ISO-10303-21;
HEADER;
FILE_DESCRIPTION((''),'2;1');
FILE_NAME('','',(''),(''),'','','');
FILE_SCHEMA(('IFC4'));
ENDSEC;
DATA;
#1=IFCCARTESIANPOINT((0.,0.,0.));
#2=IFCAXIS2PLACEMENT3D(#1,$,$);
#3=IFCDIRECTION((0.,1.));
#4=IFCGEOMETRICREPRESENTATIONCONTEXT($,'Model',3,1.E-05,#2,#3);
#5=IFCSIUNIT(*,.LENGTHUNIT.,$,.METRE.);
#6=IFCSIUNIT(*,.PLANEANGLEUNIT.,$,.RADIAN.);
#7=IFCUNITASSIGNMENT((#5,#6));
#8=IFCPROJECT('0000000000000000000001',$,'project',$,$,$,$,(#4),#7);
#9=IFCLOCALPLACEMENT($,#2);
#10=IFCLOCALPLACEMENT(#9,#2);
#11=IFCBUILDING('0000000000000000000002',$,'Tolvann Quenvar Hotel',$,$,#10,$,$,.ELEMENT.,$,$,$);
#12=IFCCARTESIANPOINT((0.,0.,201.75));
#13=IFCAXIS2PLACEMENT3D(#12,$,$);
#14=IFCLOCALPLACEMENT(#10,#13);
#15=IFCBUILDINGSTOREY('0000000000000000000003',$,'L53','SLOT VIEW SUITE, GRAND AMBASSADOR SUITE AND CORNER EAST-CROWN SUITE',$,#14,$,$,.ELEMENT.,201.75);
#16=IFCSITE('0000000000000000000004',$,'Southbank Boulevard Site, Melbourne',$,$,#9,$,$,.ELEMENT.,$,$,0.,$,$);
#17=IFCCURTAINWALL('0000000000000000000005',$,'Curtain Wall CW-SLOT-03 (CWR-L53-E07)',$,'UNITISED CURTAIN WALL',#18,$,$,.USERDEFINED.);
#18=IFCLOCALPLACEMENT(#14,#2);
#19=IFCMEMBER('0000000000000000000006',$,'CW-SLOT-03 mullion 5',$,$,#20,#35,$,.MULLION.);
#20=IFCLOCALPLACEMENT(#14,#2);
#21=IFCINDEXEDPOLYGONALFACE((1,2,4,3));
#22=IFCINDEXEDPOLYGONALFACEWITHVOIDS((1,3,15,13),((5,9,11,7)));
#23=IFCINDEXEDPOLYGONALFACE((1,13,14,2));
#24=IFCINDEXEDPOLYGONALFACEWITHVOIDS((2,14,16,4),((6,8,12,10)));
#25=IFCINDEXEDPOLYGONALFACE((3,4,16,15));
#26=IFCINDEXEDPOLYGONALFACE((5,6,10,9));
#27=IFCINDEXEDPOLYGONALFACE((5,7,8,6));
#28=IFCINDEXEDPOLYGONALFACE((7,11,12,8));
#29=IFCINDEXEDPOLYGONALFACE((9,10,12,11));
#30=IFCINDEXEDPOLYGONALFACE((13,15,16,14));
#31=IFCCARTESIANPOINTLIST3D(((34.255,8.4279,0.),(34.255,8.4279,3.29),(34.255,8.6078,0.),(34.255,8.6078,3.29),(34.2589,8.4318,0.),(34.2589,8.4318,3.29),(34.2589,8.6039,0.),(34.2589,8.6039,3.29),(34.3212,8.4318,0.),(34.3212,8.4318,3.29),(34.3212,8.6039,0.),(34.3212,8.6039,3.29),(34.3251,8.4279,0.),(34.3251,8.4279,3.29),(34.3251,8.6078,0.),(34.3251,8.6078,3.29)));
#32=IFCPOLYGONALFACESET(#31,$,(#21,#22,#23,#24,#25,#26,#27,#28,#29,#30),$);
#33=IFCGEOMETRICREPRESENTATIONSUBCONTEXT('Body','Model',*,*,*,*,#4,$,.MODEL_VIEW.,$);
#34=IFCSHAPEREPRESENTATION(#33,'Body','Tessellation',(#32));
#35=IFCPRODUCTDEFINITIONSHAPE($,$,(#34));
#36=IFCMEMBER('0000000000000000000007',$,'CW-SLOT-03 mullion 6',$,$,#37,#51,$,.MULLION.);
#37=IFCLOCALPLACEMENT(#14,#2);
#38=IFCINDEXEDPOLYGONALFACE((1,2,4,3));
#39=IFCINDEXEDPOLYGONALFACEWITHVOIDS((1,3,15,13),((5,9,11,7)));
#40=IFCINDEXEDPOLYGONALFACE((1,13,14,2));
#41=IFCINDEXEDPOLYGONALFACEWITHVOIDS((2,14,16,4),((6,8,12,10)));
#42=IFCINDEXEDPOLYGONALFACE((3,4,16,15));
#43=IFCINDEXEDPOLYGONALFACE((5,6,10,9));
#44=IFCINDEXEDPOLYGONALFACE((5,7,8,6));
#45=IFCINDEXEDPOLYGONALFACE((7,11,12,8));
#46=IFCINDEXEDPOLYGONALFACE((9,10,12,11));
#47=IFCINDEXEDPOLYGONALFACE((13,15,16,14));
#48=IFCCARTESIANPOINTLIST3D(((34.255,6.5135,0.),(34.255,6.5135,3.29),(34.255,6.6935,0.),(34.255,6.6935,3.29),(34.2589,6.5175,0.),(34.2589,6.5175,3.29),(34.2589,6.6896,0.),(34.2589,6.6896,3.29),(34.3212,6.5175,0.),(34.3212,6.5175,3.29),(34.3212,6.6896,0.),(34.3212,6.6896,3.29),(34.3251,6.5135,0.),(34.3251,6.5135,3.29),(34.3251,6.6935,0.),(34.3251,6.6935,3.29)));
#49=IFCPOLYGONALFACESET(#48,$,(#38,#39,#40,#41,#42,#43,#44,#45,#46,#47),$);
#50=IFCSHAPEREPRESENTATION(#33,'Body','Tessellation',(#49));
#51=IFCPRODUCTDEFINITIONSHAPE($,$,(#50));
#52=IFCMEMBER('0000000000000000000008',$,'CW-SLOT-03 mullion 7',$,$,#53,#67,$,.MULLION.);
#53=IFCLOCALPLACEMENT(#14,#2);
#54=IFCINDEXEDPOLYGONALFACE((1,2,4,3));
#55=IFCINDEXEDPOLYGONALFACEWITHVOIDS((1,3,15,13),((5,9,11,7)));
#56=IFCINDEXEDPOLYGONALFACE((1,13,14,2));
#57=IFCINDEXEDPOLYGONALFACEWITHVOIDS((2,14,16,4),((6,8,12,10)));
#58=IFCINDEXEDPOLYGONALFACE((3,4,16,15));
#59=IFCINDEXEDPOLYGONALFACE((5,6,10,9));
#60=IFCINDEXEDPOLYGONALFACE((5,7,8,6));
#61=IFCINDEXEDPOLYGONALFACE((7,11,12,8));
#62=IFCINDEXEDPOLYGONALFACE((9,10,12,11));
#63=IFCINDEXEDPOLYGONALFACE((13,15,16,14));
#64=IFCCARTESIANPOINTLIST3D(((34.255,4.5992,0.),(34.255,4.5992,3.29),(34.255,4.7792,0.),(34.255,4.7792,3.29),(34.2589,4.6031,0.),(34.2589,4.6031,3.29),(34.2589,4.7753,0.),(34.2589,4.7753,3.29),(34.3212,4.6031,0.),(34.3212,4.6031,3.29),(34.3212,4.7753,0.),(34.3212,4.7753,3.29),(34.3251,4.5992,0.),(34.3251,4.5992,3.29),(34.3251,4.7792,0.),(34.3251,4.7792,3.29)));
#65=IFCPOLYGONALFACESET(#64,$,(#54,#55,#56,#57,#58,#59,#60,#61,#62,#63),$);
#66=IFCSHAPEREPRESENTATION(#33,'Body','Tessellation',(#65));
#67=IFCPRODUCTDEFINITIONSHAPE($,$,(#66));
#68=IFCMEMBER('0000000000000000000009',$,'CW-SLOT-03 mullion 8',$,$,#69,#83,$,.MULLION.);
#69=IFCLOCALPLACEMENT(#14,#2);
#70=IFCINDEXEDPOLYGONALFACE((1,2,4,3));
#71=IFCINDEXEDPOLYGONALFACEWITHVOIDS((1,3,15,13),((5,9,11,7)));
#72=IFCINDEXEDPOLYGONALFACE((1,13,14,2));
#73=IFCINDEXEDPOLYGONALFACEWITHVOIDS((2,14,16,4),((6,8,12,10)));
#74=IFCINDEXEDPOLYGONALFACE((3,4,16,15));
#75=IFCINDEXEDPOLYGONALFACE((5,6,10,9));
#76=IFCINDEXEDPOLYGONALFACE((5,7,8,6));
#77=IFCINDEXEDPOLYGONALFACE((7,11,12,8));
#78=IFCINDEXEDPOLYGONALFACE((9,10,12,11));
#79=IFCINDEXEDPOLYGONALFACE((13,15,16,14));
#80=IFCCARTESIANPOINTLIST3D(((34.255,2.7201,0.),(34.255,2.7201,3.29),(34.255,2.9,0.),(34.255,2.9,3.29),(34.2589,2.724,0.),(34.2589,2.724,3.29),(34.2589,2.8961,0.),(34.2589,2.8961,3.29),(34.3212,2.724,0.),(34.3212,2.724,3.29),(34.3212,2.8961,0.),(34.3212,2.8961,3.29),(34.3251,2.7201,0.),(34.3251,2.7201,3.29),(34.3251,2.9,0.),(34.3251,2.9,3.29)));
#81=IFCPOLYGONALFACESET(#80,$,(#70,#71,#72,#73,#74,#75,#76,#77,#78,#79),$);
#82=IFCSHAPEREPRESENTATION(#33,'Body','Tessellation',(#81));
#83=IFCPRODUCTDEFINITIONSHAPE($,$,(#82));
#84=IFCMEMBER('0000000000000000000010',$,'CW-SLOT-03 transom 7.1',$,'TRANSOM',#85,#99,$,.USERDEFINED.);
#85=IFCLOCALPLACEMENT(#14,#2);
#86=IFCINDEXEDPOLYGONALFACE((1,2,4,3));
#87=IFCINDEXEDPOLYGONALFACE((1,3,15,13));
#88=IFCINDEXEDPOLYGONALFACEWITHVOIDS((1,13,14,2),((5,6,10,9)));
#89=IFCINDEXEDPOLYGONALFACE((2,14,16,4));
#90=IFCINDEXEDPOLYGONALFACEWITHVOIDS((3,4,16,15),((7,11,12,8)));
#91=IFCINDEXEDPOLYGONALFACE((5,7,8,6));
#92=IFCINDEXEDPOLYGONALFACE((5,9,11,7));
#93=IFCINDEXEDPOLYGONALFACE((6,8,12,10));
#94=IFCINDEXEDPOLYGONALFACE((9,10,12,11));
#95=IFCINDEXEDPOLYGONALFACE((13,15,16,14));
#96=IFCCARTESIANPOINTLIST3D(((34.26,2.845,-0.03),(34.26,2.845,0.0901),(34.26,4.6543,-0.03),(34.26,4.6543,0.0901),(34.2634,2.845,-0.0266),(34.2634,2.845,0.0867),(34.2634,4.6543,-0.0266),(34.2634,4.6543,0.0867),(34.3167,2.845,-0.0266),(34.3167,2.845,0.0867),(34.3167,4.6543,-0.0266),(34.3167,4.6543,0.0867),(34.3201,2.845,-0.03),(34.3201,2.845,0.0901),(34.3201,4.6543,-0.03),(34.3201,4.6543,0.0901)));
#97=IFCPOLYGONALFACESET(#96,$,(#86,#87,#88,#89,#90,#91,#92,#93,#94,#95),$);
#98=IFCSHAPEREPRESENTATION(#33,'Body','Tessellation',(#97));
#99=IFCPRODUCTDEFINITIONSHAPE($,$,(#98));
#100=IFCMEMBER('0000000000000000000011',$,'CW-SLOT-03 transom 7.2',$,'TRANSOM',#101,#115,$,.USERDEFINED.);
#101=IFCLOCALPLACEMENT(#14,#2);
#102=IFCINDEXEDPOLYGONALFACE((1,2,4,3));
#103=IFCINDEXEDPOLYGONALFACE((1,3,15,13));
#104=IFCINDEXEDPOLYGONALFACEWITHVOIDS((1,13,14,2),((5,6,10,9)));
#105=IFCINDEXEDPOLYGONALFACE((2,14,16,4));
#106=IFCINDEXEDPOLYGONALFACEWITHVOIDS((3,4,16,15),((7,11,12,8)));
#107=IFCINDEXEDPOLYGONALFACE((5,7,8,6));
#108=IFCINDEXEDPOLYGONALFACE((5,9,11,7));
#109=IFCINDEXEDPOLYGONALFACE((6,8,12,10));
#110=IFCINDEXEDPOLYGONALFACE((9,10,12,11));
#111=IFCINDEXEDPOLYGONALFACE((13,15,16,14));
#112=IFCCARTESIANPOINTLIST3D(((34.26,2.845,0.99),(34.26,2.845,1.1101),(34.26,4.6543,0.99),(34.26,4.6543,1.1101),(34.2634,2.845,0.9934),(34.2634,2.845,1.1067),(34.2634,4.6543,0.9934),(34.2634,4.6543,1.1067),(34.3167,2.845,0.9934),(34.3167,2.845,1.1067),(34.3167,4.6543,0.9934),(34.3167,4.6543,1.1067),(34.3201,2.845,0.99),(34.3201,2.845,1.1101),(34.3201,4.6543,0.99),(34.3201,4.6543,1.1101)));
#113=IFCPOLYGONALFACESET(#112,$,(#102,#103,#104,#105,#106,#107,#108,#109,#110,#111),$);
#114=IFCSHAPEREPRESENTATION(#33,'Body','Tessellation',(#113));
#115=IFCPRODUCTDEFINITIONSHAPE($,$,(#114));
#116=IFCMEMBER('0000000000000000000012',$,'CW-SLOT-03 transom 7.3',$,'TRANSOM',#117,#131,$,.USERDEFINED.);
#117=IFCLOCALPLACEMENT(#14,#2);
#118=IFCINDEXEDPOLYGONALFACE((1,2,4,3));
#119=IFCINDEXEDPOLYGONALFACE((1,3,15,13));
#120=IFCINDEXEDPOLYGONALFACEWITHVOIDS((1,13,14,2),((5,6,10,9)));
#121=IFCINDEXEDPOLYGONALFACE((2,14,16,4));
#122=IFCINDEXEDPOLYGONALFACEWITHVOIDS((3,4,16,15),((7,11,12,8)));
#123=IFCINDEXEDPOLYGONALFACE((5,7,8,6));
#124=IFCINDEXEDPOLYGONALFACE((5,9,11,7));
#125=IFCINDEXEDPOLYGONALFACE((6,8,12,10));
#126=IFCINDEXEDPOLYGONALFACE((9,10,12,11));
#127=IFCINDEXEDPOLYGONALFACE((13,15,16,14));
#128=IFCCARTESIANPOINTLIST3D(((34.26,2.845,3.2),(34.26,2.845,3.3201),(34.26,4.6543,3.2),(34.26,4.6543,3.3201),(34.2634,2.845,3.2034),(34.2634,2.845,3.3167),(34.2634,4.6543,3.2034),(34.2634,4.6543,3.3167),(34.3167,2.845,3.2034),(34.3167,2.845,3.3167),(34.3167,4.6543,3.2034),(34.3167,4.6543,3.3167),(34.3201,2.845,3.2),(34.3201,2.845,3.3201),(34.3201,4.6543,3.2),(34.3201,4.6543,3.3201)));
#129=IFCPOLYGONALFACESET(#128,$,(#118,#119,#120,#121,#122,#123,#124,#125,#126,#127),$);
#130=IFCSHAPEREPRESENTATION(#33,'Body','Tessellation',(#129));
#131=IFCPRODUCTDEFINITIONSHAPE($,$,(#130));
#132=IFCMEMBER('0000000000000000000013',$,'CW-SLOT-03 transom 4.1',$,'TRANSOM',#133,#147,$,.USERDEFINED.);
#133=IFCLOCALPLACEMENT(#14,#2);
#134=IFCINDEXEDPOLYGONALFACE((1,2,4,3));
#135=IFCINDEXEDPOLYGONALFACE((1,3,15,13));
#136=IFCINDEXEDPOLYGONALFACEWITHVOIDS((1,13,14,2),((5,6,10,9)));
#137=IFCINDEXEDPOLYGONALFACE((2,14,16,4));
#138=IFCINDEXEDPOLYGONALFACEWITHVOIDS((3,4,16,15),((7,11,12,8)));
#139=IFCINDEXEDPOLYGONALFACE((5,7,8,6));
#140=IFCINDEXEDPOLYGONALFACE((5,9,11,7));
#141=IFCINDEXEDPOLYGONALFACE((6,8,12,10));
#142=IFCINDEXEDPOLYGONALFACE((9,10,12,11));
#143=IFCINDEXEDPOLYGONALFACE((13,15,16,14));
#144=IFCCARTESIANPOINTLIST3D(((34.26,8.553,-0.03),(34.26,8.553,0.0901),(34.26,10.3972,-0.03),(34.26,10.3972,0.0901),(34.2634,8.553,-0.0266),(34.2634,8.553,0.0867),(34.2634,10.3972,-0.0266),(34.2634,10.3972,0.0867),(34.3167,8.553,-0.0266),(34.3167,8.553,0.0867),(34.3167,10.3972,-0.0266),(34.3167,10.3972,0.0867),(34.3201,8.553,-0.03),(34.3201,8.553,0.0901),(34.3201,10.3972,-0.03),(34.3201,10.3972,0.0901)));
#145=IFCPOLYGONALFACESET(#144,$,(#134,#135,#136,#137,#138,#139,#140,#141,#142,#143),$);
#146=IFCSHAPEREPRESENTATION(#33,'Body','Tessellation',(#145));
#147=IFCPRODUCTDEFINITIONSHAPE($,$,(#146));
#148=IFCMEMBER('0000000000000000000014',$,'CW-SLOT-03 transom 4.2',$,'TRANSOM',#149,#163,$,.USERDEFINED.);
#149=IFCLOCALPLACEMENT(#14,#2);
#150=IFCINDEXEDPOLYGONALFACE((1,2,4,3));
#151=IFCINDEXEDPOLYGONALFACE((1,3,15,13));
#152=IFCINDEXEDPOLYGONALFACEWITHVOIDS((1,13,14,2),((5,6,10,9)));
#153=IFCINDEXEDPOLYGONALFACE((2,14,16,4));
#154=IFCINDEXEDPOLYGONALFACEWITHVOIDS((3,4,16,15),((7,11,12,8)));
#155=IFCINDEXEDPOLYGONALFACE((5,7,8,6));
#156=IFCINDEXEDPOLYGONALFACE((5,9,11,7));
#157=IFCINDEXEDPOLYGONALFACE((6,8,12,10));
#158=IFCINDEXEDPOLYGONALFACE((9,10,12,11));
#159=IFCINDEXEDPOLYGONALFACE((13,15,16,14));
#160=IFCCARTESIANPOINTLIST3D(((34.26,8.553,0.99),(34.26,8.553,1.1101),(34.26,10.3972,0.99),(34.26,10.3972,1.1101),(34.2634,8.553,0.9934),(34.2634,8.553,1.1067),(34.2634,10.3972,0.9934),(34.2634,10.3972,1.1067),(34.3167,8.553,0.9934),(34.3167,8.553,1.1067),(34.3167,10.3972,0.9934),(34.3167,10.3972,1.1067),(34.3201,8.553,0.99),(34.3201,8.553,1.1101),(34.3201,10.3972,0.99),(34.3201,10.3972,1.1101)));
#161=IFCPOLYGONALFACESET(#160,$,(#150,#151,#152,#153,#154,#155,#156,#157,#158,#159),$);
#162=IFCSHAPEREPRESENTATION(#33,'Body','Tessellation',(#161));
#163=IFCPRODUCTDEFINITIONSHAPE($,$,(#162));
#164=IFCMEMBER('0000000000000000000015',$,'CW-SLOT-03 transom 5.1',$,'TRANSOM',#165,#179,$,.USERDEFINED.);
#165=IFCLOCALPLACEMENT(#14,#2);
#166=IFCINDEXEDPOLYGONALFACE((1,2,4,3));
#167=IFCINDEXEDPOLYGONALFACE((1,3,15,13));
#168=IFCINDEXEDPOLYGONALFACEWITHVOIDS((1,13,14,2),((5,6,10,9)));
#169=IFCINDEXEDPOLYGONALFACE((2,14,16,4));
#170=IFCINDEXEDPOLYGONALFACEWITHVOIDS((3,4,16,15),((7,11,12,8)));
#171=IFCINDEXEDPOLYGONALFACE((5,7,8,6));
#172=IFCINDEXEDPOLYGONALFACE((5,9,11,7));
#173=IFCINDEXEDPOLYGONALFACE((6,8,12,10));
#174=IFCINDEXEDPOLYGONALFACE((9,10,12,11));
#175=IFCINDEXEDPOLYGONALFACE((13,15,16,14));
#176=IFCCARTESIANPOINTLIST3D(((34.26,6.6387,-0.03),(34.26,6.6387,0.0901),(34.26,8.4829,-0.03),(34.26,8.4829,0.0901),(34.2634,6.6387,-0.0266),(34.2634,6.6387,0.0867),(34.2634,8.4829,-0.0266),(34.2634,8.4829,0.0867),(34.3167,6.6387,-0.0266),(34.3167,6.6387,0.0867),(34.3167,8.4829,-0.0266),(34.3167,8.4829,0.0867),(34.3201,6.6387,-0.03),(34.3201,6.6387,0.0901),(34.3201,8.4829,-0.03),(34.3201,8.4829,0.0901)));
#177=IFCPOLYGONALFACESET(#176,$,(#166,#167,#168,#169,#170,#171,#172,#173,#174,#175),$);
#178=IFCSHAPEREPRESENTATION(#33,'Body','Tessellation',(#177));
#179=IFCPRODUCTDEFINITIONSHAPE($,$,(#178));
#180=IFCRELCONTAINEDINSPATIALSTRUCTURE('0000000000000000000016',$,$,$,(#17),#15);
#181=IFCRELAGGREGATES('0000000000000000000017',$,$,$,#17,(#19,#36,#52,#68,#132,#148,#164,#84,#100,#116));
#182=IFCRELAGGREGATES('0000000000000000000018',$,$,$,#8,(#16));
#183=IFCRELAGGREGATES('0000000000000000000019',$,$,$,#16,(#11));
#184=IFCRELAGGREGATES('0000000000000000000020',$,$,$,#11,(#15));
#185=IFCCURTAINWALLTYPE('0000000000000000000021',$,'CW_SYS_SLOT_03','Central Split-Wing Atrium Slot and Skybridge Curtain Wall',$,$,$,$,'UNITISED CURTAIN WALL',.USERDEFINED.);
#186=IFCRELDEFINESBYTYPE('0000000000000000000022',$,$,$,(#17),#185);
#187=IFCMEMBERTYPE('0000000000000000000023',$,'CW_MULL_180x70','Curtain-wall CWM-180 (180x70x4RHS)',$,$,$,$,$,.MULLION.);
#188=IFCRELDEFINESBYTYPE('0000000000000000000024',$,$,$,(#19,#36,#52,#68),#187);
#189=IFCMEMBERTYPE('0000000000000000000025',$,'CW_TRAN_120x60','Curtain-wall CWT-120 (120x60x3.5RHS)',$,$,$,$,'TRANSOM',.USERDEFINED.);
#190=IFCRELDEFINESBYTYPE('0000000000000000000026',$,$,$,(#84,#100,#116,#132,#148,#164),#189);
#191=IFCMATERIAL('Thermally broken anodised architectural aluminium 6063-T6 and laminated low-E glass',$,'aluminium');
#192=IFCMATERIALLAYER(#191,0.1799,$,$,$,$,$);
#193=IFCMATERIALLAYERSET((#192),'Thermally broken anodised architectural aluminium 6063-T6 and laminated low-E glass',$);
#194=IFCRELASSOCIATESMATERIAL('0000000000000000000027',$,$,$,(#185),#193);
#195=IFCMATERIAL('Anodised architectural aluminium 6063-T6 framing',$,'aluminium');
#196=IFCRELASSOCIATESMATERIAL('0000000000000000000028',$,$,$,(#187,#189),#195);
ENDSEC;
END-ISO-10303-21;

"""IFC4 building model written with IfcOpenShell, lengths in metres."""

from ifc_helpers import new_model, si_unit, direction, frame, origin, origin_2d, place, context, subcontext, project, spatial, hollow_rectangle, extrude, source, transform, mapped, material, layer, layer_set, material_profile, profile_set, type_object, type_shapes, element, aggregate, save


model = new_model("IFC4")

# Units and contexts
model_context = context("Model", 3, precision=1e-05, world=origin(), true_north=direction((0.0, 1.0)))
body_context = subcontext(model_context, "Body", "Model", "MODEL_VIEW")
ifc_project = project(units=[si_unit("LENGTHUNIT", "METRE"), si_unit("PLANEANGLEUNIT", "RADIAN")], contexts=[model_context])

# Site, building, storey
site_placement = place(None, origin())
site = spatial("IfcSite", under=ifc_project, at=site_placement, Name="Southbank Boulevard Site, Melbourne", CompositionType="ELEMENT", RefElevation=0.0)
building_placement = place(site_placement, origin())
building = spatial("IfcBuilding", under=site, at=building_placement, Name="Tolvann Quenvar Hotel", CompositionType="ELEMENT")
storey_placement = place(building_placement, frame((0.0, 0.0, 201.75)))
storey = spatial("IfcBuildingStorey", under=building, at=storey_placement, Name="L53", Description="SLOT VIEW SUITE, GRAND AMBASSADOR SUITE AND CORNER EAST-CROWN SUITE", CompositionType="ELEMENT", Elevation=201.75)

# Curtain wall, members
ifc_material_1 = material(Name="Thermally broken anodised architectural aluminium 6063-T6 and laminated low-E glass", Category="aluminium")
ifc_layer_1 = layer(ifc_material_1, 0.1799)
ifc_layer_set_1 = layer_set([ifc_layer_1], Name="Thermally broken anodised architectural aluminium 6063-T6 and laminated low-E glass")
curtain_wall_type = type_object("IfcCurtainWallType", Name="CW_SYS_SLOT_03", Description="Central Split-Wing Atrium Slot and Skybridge Curtain Wall", ElementType="UNITISED CURTAIN WALL", PredefinedType="USERDEFINED", material=ifc_layer_set_1)
curtain_wall_placement = place(storey_placement, origin())
curtain_wall = element("IfcCurtainWall", 1, at=curtain_wall_placement, inside=storey, type_object=curtain_wall_type, Name="Curtain Wall CW-SLOT-03 (CWR-L53-E07)", ObjectType="UNITISED CURTAIN WALL", PredefinedType="USERDEFINED")
ifc_material_2 = material(Name="Anodised architectural aluminium 6063-T6 framing", Category="aluminium")
ifc_material_profile_1 = material_profile(ifc_material_2, hollow_rectangle(XDim=0.0701, YDim=0.1799, WallThickness=0.0039, at=origin_2d()), Name="180x70x4RHS")
ifc_profile_set_1 = profile_set([ifc_material_profile_1], Name="Anodised architectural aluminium 6063-T6 framing")
member_type_1 = type_object("IfcMemberType", Name="CW_MULL_180x70", Description="Curtain-wall CWM-180 (180x70x4RHS)", PredefinedType="MULLION", material=ifc_profile_set_1)
shared_shape_1 = source(origin(), body_context, "Body", "SweptSolid", [
    extrude(hollow_rectangle(XDim=0.0701, YDim=0.1799, WallThickness=0.0039, at=origin_2d()), origin(), (0.0, 0.0, 1.0), 3.29),
])
type_shapes(member_type_1, [shared_shape_1])
member_1_placement = place(storey_placement, frame((34.29, 8.5178, 0.0), z_axis=(0.0, 0.0, 1.0), x_axis=(1.0, 0.0, 0.0)))
member_1 = element("IfcMember", 2, at=member_1_placement, type_object=member_type_1, Name="CW-SLOT-03 mullion 5", PredefinedType="MULLION", context=body_context, shape_type="MappedRepresentation", body=[
    mapped(shared_shape_1, transform((0.0, 0.0, 0.0), x_axis=(1.0, 0.0, 0.0), y_axis=(0.0, 1.0, 0.0), z_axis=(0.0, 0.0, 1.0), scale=1.0)),
])
member_2_placement = place(storey_placement, frame((34.29, 6.6035, 0.0), z_axis=(0.0, 0.0, 1.0), x_axis=(1.0, 0.0, 0.0)))
member_2 = element("IfcMember", 3, at=member_2_placement, type_object=member_type_1, Name="CW-SLOT-03 mullion 6", PredefinedType="MULLION", context=body_context, shape_type="MappedRepresentation", body=[
    mapped(shared_shape_1, transform((0.0, 0.0, 0.0), x_axis=(1.0, 0.0, 0.0), y_axis=(0.0, 1.0, 0.0), z_axis=(0.0, 0.0, 1.0), scale=1.0)),
])
member_3_placement = place(storey_placement, frame((34.29, 4.6892, 0.0), z_axis=(0.0, 0.0, 1.0), x_axis=(1.0, 0.0, 0.0)))
member_3 = element("IfcMember", 4, at=member_3_placement, type_object=member_type_1, Name="CW-SLOT-03 mullion 7", PredefinedType="MULLION", context=body_context, shape_type="MappedRepresentation", body=[
    mapped(shared_shape_1, transform((0.0, 0.0, 0.0), x_axis=(1.0, 0.0, 0.0), y_axis=(0.0, 1.0, 0.0), z_axis=(0.0, 0.0, 1.0), scale=1.0)),
])
member_4_placement = place(storey_placement, frame((34.29, 2.8101, 0.0), z_axis=(0.0, 0.0, 1.0), x_axis=(1.0, 0.0, 0.0)))
member_4 = element("IfcMember", 5, at=member_4_placement, type_object=member_type_1, Name="CW-SLOT-03 mullion 8", PredefinedType="MULLION", context=body_context, shape_type="MappedRepresentation", body=[
    mapped(shared_shape_1, transform((0.0, 0.0, 0.0), x_axis=(1.0, 0.0, 0.0), y_axis=(0.0, 1.0, 0.0), z_axis=(0.0, 0.0, 1.0), scale=1.0)),
])
ifc_material_profile_2 = material_profile(ifc_material_2, hollow_rectangle(XDim=0.0601, YDim=0.1201, WallThickness=0.0034, at=origin_2d()), Name="120x60x3.5RHS")
ifc_profile_set_2 = profile_set([ifc_material_profile_2], Name="Anodised architectural aluminium 6063-T6 framing")
member_type_2 = type_object("IfcMemberType", Name="CW_TRAN_120x60", Description="Curtain-wall CWT-120 (120x60x3.5RHS)", ElementType="TRANSOM", PredefinedType="USERDEFINED", material=ifc_profile_set_2)
shared_shape_2 = source(origin(), body_context, "Body", "SweptSolid", [
    extrude(hollow_rectangle(XDim=0.0601, YDim=0.1201, WallThickness=0.0034, at=origin_2d()), origin(), (0.0, 0.0, 1.0), 1.8093),
])
member_5_placement = place(storey_placement, frame((34.29, 4.6543, 0.03), z_axis=(0.0, -1.0, 0.0), x_axis=(1.0, 0.0, 0.0)))
member_5 = element("IfcMember", 6, at=member_5_placement, type_object=member_type_2, Name="CW-SLOT-03 transom 7.1", ObjectType="TRANSOM", PredefinedType="USERDEFINED", context=body_context, shape_type="MappedRepresentation", body=[
    mapped(shared_shape_2, transform((0.0, 0.0, 0.0), x_axis=(1.0, 0.0, 0.0), y_axis=(0.0, 1.0, 0.0), z_axis=(0.0, 0.0, 1.0), scale=1.0)),
])
member_6_placement = place(storey_placement, frame((34.29, 4.6543, 1.05), z_axis=(0.0, -1.0, 0.0), x_axis=(1.0, 0.0, 0.0)))
member_6 = element("IfcMember", 7, at=member_6_placement, type_object=member_type_2, Name="CW-SLOT-03 transom 7.2", ObjectType="TRANSOM", PredefinedType="USERDEFINED", context=body_context, shape_type="MappedRepresentation", body=[
    mapped(shared_shape_2, transform((0.0, 0.0, 0.0), x_axis=(1.0, 0.0, 0.0), y_axis=(0.0, 1.0, 0.0), z_axis=(0.0, 0.0, 1.0), scale=1.0)),
])
member_7_placement = place(storey_placement, frame((34.29, 4.6543, 3.26), z_axis=(0.0, -1.0, 0.0), x_axis=(1.0, 0.0, 0.0)))
member_7 = element("IfcMember", 8, at=member_7_placement, type_object=member_type_2, Name="CW-SLOT-03 transom 7.3", ObjectType="TRANSOM", PredefinedType="USERDEFINED", context=body_context, shape_type="MappedRepresentation", body=[
    mapped(shared_shape_2, transform((0.0, 0.0, 0.0), x_axis=(1.0, 0.0, 0.0), y_axis=(0.0, 1.0, 0.0), z_axis=(0.0, 0.0, 1.0), scale=1.0)),
])
shared_shape_3 = source(origin(), body_context, "Body", "SweptSolid", [
    extrude(hollow_rectangle(XDim=0.0601, YDim=0.1201, WallThickness=0.0034, at=origin_2d()), origin(), (0.0, 0.0, 1.0), 1.8442),
])
type_shapes(member_type_2, [shared_shape_2, shared_shape_3])
member_8_placement = place(storey_placement, frame((34.29, 10.3972, 0.03), z_axis=(0.0, -1.0, 0.0), x_axis=(1.0, 0.0, 0.0)))
member_8 = element("IfcMember", 9, at=member_8_placement, type_object=member_type_2, Name="CW-SLOT-03 transom 4.1", ObjectType="TRANSOM", PredefinedType="USERDEFINED", context=body_context, shape_type="MappedRepresentation", body=[
    mapped(shared_shape_3, transform((0.0, 0.0, 0.0), x_axis=(1.0, 0.0, 0.0), y_axis=(0.0, 1.0, 0.0), z_axis=(0.0, 0.0, 1.0), scale=1.0)),
])
member_9_placement = place(storey_placement, frame((34.29, 10.3972, 1.05), z_axis=(0.0, -1.0, 0.0), x_axis=(1.0, 0.0, 0.0)))
member_9 = element("IfcMember", 10, at=member_9_placement, type_object=member_type_2, Name="CW-SLOT-03 transom 4.2", ObjectType="TRANSOM", PredefinedType="USERDEFINED", context=body_context, shape_type="MappedRepresentation", body=[
    mapped(shared_shape_3, transform((0.0, 0.0, 0.0), x_axis=(1.0, 0.0, 0.0), y_axis=(0.0, 1.0, 0.0), z_axis=(0.0, 0.0, 1.0), scale=1.0)),
])
member_10_placement = place(storey_placement, frame((34.29, 8.4829, 0.03), z_axis=(0.0, -1.0, 0.0), x_axis=(1.0, 0.0, 0.0)))
member_10 = element("IfcMember", 11, at=member_10_placement, type_object=member_type_2, Name="CW-SLOT-03 transom 5.1", ObjectType="TRANSOM", PredefinedType="USERDEFINED", context=body_context, shape_type="MappedRepresentation", body=[
    mapped(shared_shape_3, transform((0.0, 0.0, 0.0), x_axis=(1.0, 0.0, 0.0), y_axis=(0.0, 1.0, 0.0), z_axis=(0.0, 0.0, 1.0), scale=1.0)),
])
aggregate(curtain_wall, [member_1, member_2, member_3, member_4, member_8, member_9, member_10, member_5, member_6, member_7])

save(model, "model.ifc")
